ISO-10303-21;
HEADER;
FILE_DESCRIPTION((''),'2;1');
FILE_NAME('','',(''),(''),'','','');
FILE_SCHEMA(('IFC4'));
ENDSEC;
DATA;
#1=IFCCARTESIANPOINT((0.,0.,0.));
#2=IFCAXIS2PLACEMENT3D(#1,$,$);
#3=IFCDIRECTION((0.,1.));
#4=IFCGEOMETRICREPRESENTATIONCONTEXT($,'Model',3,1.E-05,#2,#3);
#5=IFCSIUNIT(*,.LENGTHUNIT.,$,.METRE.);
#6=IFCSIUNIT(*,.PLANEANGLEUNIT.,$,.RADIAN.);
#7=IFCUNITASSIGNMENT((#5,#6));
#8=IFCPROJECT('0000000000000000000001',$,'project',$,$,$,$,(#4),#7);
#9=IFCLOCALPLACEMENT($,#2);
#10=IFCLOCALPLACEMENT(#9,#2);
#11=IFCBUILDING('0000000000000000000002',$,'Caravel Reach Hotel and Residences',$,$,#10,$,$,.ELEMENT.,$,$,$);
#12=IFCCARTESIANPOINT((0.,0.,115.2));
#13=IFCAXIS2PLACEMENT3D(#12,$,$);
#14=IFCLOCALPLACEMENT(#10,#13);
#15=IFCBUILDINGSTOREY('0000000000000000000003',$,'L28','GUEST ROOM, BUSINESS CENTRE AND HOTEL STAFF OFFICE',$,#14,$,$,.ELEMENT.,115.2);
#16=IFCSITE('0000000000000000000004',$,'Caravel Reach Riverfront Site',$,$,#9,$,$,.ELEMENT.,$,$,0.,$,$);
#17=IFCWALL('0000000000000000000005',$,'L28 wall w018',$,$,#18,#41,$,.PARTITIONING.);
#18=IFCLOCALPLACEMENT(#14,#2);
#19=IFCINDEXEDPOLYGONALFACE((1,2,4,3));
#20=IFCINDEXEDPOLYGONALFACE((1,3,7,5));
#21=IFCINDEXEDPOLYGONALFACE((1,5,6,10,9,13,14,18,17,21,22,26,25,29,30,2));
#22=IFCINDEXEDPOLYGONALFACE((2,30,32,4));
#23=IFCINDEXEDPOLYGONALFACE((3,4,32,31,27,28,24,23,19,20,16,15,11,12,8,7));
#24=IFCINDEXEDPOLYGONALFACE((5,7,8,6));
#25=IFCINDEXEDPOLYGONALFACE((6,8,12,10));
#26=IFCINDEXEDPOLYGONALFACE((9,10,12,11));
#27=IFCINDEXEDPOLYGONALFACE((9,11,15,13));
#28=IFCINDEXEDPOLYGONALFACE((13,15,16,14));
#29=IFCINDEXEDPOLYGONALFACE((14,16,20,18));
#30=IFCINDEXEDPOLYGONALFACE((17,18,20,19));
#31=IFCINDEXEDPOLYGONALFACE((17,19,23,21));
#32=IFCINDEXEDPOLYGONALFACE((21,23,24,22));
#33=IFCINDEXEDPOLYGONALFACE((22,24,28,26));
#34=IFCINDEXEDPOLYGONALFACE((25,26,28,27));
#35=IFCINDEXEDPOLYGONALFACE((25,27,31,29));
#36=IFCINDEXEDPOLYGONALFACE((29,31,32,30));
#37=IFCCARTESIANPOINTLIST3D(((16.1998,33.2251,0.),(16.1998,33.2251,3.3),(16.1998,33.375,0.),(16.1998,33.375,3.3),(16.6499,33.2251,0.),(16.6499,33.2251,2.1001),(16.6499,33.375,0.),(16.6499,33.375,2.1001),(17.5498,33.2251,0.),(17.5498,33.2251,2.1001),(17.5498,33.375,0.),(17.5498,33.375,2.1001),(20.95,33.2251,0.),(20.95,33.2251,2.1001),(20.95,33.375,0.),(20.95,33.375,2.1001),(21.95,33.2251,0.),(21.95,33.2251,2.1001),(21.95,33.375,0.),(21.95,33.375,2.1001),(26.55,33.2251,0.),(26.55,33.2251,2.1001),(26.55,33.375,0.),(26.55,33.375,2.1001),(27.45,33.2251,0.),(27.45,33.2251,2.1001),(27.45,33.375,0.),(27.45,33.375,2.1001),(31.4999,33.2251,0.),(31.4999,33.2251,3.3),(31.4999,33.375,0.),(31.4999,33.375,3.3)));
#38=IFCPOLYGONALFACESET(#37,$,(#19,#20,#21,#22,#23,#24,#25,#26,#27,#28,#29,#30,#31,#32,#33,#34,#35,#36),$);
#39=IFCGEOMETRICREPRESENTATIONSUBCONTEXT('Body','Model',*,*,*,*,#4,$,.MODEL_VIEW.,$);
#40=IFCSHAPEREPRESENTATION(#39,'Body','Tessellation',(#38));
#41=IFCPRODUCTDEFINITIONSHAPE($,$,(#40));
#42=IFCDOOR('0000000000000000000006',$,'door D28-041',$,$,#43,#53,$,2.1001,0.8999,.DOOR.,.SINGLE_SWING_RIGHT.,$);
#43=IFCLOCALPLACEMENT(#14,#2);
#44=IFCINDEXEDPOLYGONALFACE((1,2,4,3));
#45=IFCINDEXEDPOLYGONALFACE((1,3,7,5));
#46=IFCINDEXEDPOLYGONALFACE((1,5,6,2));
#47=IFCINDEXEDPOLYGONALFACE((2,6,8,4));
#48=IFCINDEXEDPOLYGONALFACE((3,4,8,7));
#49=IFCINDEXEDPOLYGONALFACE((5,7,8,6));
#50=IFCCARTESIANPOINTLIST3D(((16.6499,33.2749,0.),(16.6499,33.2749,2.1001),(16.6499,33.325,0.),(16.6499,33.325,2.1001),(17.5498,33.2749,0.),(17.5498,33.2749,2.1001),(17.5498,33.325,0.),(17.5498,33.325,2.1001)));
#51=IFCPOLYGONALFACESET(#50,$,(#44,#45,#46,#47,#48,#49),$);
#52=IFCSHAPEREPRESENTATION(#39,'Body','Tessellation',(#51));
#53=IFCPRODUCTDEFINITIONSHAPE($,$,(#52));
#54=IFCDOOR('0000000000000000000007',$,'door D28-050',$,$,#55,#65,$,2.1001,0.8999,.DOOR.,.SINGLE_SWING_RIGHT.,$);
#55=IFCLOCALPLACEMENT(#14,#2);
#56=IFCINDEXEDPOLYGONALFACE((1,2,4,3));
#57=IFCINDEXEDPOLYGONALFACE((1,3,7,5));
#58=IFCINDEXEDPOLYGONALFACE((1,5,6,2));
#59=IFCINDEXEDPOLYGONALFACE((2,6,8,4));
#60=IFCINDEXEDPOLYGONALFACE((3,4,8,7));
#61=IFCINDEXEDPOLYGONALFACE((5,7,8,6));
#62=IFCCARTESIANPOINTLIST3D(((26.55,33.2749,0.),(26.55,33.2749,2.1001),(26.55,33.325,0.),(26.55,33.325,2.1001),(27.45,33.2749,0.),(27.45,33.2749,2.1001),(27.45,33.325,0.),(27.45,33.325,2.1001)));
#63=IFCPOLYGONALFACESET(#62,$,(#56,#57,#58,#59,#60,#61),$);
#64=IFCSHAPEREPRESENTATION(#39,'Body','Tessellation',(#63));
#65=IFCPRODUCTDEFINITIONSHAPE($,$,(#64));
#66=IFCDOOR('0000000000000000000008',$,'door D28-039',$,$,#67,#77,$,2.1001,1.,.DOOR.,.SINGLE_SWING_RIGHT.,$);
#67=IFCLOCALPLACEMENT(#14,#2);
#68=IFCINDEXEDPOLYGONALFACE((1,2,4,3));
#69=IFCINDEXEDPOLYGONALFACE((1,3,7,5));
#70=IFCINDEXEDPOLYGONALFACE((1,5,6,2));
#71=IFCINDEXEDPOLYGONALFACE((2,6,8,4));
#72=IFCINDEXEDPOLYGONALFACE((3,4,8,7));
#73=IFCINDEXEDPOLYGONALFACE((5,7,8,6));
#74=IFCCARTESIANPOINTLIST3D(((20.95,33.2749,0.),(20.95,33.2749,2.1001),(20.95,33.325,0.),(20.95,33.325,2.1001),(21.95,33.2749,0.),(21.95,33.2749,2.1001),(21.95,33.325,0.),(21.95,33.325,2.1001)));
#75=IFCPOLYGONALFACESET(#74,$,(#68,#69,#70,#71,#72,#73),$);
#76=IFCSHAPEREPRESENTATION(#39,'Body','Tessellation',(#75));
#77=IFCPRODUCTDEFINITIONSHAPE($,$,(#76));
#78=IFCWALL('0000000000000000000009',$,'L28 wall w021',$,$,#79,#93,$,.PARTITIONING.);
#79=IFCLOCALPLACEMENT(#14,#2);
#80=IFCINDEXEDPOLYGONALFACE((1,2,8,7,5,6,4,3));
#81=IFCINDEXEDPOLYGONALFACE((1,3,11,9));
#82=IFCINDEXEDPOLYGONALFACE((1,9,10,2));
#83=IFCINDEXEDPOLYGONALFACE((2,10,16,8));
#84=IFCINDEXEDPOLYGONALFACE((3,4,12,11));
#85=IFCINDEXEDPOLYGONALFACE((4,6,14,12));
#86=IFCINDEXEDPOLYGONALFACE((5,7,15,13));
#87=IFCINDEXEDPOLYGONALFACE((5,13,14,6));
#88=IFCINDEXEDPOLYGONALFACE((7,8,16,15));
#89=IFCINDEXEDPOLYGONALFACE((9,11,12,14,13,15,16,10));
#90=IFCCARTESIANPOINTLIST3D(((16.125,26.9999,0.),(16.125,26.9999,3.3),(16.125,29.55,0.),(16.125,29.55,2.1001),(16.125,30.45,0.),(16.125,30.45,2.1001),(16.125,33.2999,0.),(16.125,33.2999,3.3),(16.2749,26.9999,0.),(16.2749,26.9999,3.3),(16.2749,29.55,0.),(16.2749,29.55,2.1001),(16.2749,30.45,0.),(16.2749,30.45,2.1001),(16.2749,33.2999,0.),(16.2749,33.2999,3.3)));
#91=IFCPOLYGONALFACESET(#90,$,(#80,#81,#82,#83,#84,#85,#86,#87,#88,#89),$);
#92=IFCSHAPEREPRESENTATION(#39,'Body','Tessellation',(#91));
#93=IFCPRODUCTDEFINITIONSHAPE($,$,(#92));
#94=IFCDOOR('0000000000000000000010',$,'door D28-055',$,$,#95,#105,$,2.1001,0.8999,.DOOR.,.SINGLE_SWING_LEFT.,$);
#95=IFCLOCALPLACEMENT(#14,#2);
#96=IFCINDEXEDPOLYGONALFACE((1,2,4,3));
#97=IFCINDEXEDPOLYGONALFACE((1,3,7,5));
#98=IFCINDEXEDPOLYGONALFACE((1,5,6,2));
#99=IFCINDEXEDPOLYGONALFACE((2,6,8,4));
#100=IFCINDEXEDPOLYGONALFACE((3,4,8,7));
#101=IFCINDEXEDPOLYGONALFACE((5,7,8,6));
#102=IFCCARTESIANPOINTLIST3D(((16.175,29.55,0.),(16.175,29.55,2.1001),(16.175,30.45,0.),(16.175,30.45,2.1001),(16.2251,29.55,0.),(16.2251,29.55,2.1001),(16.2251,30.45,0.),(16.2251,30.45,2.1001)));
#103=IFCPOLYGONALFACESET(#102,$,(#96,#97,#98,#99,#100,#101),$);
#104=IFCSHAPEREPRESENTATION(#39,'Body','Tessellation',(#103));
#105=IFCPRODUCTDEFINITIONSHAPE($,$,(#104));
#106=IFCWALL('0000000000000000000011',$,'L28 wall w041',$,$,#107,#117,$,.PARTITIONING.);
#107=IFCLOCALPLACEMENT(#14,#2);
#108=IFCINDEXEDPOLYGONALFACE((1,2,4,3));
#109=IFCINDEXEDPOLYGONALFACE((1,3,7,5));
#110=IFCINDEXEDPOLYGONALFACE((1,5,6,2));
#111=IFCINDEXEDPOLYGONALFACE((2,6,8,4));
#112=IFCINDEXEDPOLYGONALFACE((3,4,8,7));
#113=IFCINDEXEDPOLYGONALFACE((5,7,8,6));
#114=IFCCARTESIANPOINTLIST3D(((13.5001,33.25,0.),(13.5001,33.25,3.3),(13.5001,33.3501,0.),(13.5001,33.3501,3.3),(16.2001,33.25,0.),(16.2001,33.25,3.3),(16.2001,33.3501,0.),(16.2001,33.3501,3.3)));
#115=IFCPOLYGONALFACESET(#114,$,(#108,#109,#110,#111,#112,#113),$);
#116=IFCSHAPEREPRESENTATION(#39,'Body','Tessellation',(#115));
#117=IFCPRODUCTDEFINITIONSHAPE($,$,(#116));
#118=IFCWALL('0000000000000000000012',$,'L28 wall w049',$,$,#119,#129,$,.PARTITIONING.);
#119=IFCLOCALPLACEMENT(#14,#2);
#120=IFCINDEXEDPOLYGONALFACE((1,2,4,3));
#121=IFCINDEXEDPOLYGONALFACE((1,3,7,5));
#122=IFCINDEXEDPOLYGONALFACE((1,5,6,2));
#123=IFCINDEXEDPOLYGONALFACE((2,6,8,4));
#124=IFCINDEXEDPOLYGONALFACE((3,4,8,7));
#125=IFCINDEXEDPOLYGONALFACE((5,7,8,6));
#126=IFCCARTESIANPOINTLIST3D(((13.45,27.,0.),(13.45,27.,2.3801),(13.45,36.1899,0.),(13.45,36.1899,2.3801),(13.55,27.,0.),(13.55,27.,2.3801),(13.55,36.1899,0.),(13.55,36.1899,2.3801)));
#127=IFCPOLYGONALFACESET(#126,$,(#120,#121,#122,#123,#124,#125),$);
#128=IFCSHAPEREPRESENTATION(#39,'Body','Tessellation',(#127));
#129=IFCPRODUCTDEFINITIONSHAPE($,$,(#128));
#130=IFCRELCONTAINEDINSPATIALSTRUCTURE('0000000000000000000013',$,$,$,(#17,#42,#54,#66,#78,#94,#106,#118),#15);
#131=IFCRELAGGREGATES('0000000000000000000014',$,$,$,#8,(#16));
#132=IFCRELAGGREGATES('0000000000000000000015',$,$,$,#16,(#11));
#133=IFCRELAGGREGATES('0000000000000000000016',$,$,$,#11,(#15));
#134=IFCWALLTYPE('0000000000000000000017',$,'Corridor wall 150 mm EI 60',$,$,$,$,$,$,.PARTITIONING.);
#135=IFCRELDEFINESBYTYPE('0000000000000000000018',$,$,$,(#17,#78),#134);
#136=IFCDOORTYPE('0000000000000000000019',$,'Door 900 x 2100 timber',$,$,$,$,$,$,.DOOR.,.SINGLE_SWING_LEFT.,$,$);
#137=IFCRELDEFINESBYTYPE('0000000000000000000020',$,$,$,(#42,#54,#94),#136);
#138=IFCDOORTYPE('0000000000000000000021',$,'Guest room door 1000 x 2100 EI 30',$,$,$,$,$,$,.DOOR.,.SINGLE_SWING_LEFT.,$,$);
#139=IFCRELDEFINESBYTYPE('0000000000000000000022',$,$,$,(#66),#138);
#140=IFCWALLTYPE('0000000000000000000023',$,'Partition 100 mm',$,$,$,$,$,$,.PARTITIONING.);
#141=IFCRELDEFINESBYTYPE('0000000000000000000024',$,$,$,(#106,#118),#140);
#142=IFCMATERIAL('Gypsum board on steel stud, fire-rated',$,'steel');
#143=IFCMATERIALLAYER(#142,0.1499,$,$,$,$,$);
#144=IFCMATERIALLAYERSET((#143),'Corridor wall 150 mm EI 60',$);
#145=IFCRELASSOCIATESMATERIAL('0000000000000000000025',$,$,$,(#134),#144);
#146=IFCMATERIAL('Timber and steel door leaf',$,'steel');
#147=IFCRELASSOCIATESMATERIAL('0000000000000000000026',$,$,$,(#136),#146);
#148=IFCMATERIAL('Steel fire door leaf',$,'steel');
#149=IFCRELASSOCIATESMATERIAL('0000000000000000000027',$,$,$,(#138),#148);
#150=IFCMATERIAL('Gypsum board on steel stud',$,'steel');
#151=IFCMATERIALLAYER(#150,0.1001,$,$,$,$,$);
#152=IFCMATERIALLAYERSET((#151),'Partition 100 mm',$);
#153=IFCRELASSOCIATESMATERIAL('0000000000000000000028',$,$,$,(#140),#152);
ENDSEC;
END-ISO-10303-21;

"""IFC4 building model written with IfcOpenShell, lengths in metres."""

from ifc_helpers import new_model, si_unit, direction, frame, frame_2d, origin, place, context, subcontext, project, spatial, rectangle, extrude, material, layer, layer_set, type_object, element, fill, save


model = new_model("IFC4")

# Units and contexts
model_context = context("Model", 3, precision=1e-05, world=origin(), true_north=direction((0.0, 1.0)))
body_context = subcontext(model_context, "Body", "Model", "MODEL_VIEW")
ifc_project = project(units=[si_unit("LENGTHUNIT", "METRE"), si_unit("PLANEANGLEUNIT", "RADIAN")], contexts=[model_context])

# Site, building, storey
site_placement = place(None, origin())
site = spatial("IfcSite", under=ifc_project, at=site_placement, Name="Caravel Reach Riverfront Site", CompositionType="ELEMENT", RefElevation=0.0)
building_placement = place(site_placement, origin())
building = spatial("IfcBuilding", under=site, at=building_placement, Name="Caravel Reach Hotel and Residences", CompositionType="ELEMENT")
storey_placement = place(building_placement, frame((0.0, 0.0, 115.2)))
storey = spatial("IfcBuildingStorey", under=building, at=storey_placement, Name="L28", Description="GUEST ROOM, BUSINESS CENTRE AND HOTEL STAFF OFFICE", CompositionType="ELEMENT", Elevation=115.2)

# Wall, openings, doors
ifc_material_1 = material(Name="Gypsum board on steel stud, fire-rated", Category="steel")
ifc_layer_1 = layer(ifc_material_1, 0.1499)
ifc_layer_set_1 = layer_set([ifc_layer_1], Name="Corridor wall 150 mm EI 60")
wall_type_1 = type_object("IfcWallType", Name="Corridor wall 150 mm EI 60", PredefinedType="PARTITIONING", material=ifc_layer_set_1)
wall_1_placement = place(storey_placement, frame((16.2, 33.3, 0.0), z_axis=(0.0, 0.0, 1.0), x_axis=(1.0, 0.0, 0.0)))
wall_1 = element("IfcWall", 1, at=wall_1_placement, inside=storey, type_object=wall_type_1, Name="L28 wall w018", PredefinedType="PARTITIONING", context=body_context, shape_type="SweptSolid", body=[
    extrude(rectangle(XDim=15.3, YDim=0.1499, at=frame_2d((7.6499, 0.0))), origin(), (0.0, 0.0, 1.0), 3.3),
])
opening_1_placement = place(wall_1_placement, frame((4.75, 0.0, 0.0)))
opening_1 = element("IfcOpeningElement", 2, at=opening_1_placement, cuts=wall_1, PredefinedType="OPENING", context=body_context, shape_type="SweptSolid", body=[
    extrude(rectangle(XDim=1.0, YDim=2.1001, at=frame_2d((0.5, 1.05))), frame((0.0, 0.085, 0.0), z_axis=(0.0, -1.0, 0.0), x_axis=(1.0, 0.0, 0.0)), (0.0, 0.0, 1.0), 0.1699),
])
opening_2_placement = place(wall_1_placement, frame((0.45, 0.0, 0.0)))
opening_2 = element("IfcOpeningElement", 3, at=opening_2_placement, cuts=wall_1, PredefinedType="OPENING", context=body_context, shape_type="SweptSolid", body=[
    extrude(rectangle(XDim=0.8999, YDim=2.1001, at=frame_2d((0.45, 1.05))), frame((0.0, 0.085, 0.0), z_axis=(0.0, -1.0, 0.0), x_axis=(1.0, 0.0, 0.0)), (0.0, 0.0, 1.0), 0.1699),
])
opening_3_placement = place(wall_1_placement, frame((10.3501, 0.0, 0.0)))
opening_3 = element("IfcOpeningElement", 4, at=opening_3_placement, cuts=wall_1, PredefinedType="OPENING", context=body_context, shape_type="SweptSolid", body=[
    extrude(rectangle(XDim=0.8999, YDim=2.1001, at=frame_2d((0.45, 1.05))), frame((0.0, 0.085, 0.0), z_axis=(0.0, -1.0, 0.0), x_axis=(1.0, 0.0, 0.0)), (0.0, 0.0, 1.0), 0.1699),
])
ifc_material_2 = material(Name="Timber and steel door leaf", Category="steel")
door_type_1 = type_object("IfcDoorType", Name="Door 900 x 2100 timber", OperationType="SINGLE_SWING_LEFT", PredefinedType="DOOR", material=ifc_material_2)
door_1_placement = place(opening_2_placement, origin())
door_1 = element("IfcDoor", 5, at=door_1_placement, inside=storey, type_object=door_type_1, Name="door D28-041", OperationType="SINGLE_SWING_RIGHT", OverallHeight=2.1001, OverallWidth=0.8999, PredefinedType="DOOR", context=body_context, shape_type="SweptSolid", body=[
    extrude(rectangle(XDim=0.8999, YDim=2.1001, at=frame_2d((0.45, 1.05))), frame((0.0, 0.0249, 0.0), z_axis=(0.0, -1.0, 0.0), x_axis=(1.0, 0.0, 0.0)), (0.0, 0.0, 1.0), 0.05),
])
fill(opening_2, door_1)
door_2_placement = place(opening_3_placement, origin())
door_2 = element("IfcDoor", 6, at=door_2_placement, inside=storey, type_object=door_type_1, Name="door D28-050", OperationType="SINGLE_SWING_RIGHT", OverallHeight=2.1001, OverallWidth=0.8999, PredefinedType="DOOR", context=body_context, shape_type="SweptSolid", body=[
    extrude(rectangle(XDim=0.8999, YDim=2.1001, at=frame_2d((0.45, 1.05))), frame((0.0, 0.0249, 0.0), z_axis=(0.0, -1.0, 0.0), x_axis=(1.0, 0.0, 0.0)), (0.0, 0.0, 1.0), 0.05),
])
fill(opening_3, door_2)
ifc_material_3 = material(Name="Steel fire door leaf", Category="steel")
door_type_2 = type_object("IfcDoorType", Name="Guest room door 1000 x 2100 EI 30", OperationType="SINGLE_SWING_LEFT", PredefinedType="DOOR", material=ifc_material_3)
door_3_placement = place(opening_1_placement, origin())
door_3 = element("IfcDoor", 7, at=door_3_placement, inside=storey, type_object=door_type_2, Name="door D28-039", OperationType="SINGLE_SWING_RIGHT", OverallHeight=2.1001, OverallWidth=1.0, PredefinedType="DOOR", context=body_context, shape_type="SweptSolid", body=[
    extrude(rectangle(XDim=1.0, YDim=2.1001, at=frame_2d((0.5, 1.05))), frame((0.0, 0.0249, 0.0), z_axis=(0.0, -1.0, 0.0), x_axis=(1.0, 0.0, 0.0)), (0.0, 0.0, 1.0), 0.05),
])
fill(opening_1, door_3)

# Wall, opening, door
wall_2_placement = place(storey_placement, frame((16.2, 27.0, 0.0), z_axis=(0.0, 0.0, 1.0), x_axis=(0.0, 1.0, 0.0)))
wall_2 = element("IfcWall", 8, at=wall_2_placement, inside=storey, type_object=wall_type_1, Name="L28 wall w021", PredefinedType="PARTITIONING", context=body_context, shape_type="SweptSolid", body=[
    extrude(rectangle(XDim=6.3, YDim=0.1499, at=frame_2d((3.1499, 0.0))), origin(), (0.0, 0.0, 1.0), 3.3),
])
opening_4_placement = place(wall_2_placement, frame((2.55, 0.0, 0.0)))
opening_4 = element("IfcOpeningElement", 9, at=opening_4_placement, cuts=wall_2, PredefinedType="OPENING", context=body_context, shape_type="SweptSolid", body=[
    extrude(rectangle(XDim=0.8999, YDim=2.1001, at=frame_2d((0.45, 1.05))), frame((0.0, 0.085, 0.0), z_axis=(0.0, -1.0, 0.0), x_axis=(1.0, 0.0, 0.0)), (0.0, 0.0, 1.0), 0.1699),
])
door_4_placement = place(opening_4_placement, origin())
door_4 = element("IfcDoor", 10, at=door_4_placement, inside=storey, type_object=door_type_1, Name="door D28-055", OperationType="SINGLE_SWING_LEFT", OverallHeight=2.1001, OverallWidth=0.8999, PredefinedType="DOOR", context=body_context, shape_type="SweptSolid", body=[
    extrude(rectangle(XDim=0.8999, YDim=2.1001, at=frame_2d((0.45, 1.05))), frame((0.0, 0.0249, 0.0), z_axis=(0.0, -1.0, 0.0), x_axis=(1.0, 0.0, 0.0)), (0.0, 0.0, 1.0), 0.05),
])
fill(opening_4, door_4)

# Walls
ifc_material_4 = material(Name="Gypsum board on steel stud", Category="steel")
ifc_layer_2 = layer(ifc_material_4, 0.1001)
ifc_layer_set_2 = layer_set([ifc_layer_2], Name="Partition 100 mm")
wall_type_2 = type_object("IfcWallType", Name="Partition 100 mm", PredefinedType="PARTITIONING", material=ifc_layer_set_2)
wall_3_placement = place(storey_placement, frame((13.5, 33.3, 0.0), z_axis=(0.0, 0.0, 1.0), x_axis=(1.0, 0.0, 0.0)))
element("IfcWall", 11, at=wall_3_placement, inside=storey, type_object=wall_type_2, Name="L28 wall w041", PredefinedType="PARTITIONING", context=body_context, shape_type="SweptSolid", body=[
    extrude(rectangle(XDim=2.7, YDim=0.1001, at=frame_2d((1.3501, 0.0))), origin(), (0.0, 0.0, 1.0), 3.3),
])
wall_4_placement = place(storey_placement, frame((13.5, 27.0, 0.0), z_axis=(0.0, 0.0, 1.0), x_axis=(0.0, 1.0, 0.0)))
element("IfcWall", 12, at=wall_4_placement, inside=storey, type_object=wall_type_2, Name="L28 wall w049", PredefinedType="PARTITIONING", context=body_context, shape_type="SweptSolid", body=[
    extrude(rectangle(XDim=9.1899, YDim=0.1001, at=frame_2d((4.595, 0.0))), origin(), (0.0, 0.0, 1.0), 2.3801),
])

save(model, "model.ifc")
